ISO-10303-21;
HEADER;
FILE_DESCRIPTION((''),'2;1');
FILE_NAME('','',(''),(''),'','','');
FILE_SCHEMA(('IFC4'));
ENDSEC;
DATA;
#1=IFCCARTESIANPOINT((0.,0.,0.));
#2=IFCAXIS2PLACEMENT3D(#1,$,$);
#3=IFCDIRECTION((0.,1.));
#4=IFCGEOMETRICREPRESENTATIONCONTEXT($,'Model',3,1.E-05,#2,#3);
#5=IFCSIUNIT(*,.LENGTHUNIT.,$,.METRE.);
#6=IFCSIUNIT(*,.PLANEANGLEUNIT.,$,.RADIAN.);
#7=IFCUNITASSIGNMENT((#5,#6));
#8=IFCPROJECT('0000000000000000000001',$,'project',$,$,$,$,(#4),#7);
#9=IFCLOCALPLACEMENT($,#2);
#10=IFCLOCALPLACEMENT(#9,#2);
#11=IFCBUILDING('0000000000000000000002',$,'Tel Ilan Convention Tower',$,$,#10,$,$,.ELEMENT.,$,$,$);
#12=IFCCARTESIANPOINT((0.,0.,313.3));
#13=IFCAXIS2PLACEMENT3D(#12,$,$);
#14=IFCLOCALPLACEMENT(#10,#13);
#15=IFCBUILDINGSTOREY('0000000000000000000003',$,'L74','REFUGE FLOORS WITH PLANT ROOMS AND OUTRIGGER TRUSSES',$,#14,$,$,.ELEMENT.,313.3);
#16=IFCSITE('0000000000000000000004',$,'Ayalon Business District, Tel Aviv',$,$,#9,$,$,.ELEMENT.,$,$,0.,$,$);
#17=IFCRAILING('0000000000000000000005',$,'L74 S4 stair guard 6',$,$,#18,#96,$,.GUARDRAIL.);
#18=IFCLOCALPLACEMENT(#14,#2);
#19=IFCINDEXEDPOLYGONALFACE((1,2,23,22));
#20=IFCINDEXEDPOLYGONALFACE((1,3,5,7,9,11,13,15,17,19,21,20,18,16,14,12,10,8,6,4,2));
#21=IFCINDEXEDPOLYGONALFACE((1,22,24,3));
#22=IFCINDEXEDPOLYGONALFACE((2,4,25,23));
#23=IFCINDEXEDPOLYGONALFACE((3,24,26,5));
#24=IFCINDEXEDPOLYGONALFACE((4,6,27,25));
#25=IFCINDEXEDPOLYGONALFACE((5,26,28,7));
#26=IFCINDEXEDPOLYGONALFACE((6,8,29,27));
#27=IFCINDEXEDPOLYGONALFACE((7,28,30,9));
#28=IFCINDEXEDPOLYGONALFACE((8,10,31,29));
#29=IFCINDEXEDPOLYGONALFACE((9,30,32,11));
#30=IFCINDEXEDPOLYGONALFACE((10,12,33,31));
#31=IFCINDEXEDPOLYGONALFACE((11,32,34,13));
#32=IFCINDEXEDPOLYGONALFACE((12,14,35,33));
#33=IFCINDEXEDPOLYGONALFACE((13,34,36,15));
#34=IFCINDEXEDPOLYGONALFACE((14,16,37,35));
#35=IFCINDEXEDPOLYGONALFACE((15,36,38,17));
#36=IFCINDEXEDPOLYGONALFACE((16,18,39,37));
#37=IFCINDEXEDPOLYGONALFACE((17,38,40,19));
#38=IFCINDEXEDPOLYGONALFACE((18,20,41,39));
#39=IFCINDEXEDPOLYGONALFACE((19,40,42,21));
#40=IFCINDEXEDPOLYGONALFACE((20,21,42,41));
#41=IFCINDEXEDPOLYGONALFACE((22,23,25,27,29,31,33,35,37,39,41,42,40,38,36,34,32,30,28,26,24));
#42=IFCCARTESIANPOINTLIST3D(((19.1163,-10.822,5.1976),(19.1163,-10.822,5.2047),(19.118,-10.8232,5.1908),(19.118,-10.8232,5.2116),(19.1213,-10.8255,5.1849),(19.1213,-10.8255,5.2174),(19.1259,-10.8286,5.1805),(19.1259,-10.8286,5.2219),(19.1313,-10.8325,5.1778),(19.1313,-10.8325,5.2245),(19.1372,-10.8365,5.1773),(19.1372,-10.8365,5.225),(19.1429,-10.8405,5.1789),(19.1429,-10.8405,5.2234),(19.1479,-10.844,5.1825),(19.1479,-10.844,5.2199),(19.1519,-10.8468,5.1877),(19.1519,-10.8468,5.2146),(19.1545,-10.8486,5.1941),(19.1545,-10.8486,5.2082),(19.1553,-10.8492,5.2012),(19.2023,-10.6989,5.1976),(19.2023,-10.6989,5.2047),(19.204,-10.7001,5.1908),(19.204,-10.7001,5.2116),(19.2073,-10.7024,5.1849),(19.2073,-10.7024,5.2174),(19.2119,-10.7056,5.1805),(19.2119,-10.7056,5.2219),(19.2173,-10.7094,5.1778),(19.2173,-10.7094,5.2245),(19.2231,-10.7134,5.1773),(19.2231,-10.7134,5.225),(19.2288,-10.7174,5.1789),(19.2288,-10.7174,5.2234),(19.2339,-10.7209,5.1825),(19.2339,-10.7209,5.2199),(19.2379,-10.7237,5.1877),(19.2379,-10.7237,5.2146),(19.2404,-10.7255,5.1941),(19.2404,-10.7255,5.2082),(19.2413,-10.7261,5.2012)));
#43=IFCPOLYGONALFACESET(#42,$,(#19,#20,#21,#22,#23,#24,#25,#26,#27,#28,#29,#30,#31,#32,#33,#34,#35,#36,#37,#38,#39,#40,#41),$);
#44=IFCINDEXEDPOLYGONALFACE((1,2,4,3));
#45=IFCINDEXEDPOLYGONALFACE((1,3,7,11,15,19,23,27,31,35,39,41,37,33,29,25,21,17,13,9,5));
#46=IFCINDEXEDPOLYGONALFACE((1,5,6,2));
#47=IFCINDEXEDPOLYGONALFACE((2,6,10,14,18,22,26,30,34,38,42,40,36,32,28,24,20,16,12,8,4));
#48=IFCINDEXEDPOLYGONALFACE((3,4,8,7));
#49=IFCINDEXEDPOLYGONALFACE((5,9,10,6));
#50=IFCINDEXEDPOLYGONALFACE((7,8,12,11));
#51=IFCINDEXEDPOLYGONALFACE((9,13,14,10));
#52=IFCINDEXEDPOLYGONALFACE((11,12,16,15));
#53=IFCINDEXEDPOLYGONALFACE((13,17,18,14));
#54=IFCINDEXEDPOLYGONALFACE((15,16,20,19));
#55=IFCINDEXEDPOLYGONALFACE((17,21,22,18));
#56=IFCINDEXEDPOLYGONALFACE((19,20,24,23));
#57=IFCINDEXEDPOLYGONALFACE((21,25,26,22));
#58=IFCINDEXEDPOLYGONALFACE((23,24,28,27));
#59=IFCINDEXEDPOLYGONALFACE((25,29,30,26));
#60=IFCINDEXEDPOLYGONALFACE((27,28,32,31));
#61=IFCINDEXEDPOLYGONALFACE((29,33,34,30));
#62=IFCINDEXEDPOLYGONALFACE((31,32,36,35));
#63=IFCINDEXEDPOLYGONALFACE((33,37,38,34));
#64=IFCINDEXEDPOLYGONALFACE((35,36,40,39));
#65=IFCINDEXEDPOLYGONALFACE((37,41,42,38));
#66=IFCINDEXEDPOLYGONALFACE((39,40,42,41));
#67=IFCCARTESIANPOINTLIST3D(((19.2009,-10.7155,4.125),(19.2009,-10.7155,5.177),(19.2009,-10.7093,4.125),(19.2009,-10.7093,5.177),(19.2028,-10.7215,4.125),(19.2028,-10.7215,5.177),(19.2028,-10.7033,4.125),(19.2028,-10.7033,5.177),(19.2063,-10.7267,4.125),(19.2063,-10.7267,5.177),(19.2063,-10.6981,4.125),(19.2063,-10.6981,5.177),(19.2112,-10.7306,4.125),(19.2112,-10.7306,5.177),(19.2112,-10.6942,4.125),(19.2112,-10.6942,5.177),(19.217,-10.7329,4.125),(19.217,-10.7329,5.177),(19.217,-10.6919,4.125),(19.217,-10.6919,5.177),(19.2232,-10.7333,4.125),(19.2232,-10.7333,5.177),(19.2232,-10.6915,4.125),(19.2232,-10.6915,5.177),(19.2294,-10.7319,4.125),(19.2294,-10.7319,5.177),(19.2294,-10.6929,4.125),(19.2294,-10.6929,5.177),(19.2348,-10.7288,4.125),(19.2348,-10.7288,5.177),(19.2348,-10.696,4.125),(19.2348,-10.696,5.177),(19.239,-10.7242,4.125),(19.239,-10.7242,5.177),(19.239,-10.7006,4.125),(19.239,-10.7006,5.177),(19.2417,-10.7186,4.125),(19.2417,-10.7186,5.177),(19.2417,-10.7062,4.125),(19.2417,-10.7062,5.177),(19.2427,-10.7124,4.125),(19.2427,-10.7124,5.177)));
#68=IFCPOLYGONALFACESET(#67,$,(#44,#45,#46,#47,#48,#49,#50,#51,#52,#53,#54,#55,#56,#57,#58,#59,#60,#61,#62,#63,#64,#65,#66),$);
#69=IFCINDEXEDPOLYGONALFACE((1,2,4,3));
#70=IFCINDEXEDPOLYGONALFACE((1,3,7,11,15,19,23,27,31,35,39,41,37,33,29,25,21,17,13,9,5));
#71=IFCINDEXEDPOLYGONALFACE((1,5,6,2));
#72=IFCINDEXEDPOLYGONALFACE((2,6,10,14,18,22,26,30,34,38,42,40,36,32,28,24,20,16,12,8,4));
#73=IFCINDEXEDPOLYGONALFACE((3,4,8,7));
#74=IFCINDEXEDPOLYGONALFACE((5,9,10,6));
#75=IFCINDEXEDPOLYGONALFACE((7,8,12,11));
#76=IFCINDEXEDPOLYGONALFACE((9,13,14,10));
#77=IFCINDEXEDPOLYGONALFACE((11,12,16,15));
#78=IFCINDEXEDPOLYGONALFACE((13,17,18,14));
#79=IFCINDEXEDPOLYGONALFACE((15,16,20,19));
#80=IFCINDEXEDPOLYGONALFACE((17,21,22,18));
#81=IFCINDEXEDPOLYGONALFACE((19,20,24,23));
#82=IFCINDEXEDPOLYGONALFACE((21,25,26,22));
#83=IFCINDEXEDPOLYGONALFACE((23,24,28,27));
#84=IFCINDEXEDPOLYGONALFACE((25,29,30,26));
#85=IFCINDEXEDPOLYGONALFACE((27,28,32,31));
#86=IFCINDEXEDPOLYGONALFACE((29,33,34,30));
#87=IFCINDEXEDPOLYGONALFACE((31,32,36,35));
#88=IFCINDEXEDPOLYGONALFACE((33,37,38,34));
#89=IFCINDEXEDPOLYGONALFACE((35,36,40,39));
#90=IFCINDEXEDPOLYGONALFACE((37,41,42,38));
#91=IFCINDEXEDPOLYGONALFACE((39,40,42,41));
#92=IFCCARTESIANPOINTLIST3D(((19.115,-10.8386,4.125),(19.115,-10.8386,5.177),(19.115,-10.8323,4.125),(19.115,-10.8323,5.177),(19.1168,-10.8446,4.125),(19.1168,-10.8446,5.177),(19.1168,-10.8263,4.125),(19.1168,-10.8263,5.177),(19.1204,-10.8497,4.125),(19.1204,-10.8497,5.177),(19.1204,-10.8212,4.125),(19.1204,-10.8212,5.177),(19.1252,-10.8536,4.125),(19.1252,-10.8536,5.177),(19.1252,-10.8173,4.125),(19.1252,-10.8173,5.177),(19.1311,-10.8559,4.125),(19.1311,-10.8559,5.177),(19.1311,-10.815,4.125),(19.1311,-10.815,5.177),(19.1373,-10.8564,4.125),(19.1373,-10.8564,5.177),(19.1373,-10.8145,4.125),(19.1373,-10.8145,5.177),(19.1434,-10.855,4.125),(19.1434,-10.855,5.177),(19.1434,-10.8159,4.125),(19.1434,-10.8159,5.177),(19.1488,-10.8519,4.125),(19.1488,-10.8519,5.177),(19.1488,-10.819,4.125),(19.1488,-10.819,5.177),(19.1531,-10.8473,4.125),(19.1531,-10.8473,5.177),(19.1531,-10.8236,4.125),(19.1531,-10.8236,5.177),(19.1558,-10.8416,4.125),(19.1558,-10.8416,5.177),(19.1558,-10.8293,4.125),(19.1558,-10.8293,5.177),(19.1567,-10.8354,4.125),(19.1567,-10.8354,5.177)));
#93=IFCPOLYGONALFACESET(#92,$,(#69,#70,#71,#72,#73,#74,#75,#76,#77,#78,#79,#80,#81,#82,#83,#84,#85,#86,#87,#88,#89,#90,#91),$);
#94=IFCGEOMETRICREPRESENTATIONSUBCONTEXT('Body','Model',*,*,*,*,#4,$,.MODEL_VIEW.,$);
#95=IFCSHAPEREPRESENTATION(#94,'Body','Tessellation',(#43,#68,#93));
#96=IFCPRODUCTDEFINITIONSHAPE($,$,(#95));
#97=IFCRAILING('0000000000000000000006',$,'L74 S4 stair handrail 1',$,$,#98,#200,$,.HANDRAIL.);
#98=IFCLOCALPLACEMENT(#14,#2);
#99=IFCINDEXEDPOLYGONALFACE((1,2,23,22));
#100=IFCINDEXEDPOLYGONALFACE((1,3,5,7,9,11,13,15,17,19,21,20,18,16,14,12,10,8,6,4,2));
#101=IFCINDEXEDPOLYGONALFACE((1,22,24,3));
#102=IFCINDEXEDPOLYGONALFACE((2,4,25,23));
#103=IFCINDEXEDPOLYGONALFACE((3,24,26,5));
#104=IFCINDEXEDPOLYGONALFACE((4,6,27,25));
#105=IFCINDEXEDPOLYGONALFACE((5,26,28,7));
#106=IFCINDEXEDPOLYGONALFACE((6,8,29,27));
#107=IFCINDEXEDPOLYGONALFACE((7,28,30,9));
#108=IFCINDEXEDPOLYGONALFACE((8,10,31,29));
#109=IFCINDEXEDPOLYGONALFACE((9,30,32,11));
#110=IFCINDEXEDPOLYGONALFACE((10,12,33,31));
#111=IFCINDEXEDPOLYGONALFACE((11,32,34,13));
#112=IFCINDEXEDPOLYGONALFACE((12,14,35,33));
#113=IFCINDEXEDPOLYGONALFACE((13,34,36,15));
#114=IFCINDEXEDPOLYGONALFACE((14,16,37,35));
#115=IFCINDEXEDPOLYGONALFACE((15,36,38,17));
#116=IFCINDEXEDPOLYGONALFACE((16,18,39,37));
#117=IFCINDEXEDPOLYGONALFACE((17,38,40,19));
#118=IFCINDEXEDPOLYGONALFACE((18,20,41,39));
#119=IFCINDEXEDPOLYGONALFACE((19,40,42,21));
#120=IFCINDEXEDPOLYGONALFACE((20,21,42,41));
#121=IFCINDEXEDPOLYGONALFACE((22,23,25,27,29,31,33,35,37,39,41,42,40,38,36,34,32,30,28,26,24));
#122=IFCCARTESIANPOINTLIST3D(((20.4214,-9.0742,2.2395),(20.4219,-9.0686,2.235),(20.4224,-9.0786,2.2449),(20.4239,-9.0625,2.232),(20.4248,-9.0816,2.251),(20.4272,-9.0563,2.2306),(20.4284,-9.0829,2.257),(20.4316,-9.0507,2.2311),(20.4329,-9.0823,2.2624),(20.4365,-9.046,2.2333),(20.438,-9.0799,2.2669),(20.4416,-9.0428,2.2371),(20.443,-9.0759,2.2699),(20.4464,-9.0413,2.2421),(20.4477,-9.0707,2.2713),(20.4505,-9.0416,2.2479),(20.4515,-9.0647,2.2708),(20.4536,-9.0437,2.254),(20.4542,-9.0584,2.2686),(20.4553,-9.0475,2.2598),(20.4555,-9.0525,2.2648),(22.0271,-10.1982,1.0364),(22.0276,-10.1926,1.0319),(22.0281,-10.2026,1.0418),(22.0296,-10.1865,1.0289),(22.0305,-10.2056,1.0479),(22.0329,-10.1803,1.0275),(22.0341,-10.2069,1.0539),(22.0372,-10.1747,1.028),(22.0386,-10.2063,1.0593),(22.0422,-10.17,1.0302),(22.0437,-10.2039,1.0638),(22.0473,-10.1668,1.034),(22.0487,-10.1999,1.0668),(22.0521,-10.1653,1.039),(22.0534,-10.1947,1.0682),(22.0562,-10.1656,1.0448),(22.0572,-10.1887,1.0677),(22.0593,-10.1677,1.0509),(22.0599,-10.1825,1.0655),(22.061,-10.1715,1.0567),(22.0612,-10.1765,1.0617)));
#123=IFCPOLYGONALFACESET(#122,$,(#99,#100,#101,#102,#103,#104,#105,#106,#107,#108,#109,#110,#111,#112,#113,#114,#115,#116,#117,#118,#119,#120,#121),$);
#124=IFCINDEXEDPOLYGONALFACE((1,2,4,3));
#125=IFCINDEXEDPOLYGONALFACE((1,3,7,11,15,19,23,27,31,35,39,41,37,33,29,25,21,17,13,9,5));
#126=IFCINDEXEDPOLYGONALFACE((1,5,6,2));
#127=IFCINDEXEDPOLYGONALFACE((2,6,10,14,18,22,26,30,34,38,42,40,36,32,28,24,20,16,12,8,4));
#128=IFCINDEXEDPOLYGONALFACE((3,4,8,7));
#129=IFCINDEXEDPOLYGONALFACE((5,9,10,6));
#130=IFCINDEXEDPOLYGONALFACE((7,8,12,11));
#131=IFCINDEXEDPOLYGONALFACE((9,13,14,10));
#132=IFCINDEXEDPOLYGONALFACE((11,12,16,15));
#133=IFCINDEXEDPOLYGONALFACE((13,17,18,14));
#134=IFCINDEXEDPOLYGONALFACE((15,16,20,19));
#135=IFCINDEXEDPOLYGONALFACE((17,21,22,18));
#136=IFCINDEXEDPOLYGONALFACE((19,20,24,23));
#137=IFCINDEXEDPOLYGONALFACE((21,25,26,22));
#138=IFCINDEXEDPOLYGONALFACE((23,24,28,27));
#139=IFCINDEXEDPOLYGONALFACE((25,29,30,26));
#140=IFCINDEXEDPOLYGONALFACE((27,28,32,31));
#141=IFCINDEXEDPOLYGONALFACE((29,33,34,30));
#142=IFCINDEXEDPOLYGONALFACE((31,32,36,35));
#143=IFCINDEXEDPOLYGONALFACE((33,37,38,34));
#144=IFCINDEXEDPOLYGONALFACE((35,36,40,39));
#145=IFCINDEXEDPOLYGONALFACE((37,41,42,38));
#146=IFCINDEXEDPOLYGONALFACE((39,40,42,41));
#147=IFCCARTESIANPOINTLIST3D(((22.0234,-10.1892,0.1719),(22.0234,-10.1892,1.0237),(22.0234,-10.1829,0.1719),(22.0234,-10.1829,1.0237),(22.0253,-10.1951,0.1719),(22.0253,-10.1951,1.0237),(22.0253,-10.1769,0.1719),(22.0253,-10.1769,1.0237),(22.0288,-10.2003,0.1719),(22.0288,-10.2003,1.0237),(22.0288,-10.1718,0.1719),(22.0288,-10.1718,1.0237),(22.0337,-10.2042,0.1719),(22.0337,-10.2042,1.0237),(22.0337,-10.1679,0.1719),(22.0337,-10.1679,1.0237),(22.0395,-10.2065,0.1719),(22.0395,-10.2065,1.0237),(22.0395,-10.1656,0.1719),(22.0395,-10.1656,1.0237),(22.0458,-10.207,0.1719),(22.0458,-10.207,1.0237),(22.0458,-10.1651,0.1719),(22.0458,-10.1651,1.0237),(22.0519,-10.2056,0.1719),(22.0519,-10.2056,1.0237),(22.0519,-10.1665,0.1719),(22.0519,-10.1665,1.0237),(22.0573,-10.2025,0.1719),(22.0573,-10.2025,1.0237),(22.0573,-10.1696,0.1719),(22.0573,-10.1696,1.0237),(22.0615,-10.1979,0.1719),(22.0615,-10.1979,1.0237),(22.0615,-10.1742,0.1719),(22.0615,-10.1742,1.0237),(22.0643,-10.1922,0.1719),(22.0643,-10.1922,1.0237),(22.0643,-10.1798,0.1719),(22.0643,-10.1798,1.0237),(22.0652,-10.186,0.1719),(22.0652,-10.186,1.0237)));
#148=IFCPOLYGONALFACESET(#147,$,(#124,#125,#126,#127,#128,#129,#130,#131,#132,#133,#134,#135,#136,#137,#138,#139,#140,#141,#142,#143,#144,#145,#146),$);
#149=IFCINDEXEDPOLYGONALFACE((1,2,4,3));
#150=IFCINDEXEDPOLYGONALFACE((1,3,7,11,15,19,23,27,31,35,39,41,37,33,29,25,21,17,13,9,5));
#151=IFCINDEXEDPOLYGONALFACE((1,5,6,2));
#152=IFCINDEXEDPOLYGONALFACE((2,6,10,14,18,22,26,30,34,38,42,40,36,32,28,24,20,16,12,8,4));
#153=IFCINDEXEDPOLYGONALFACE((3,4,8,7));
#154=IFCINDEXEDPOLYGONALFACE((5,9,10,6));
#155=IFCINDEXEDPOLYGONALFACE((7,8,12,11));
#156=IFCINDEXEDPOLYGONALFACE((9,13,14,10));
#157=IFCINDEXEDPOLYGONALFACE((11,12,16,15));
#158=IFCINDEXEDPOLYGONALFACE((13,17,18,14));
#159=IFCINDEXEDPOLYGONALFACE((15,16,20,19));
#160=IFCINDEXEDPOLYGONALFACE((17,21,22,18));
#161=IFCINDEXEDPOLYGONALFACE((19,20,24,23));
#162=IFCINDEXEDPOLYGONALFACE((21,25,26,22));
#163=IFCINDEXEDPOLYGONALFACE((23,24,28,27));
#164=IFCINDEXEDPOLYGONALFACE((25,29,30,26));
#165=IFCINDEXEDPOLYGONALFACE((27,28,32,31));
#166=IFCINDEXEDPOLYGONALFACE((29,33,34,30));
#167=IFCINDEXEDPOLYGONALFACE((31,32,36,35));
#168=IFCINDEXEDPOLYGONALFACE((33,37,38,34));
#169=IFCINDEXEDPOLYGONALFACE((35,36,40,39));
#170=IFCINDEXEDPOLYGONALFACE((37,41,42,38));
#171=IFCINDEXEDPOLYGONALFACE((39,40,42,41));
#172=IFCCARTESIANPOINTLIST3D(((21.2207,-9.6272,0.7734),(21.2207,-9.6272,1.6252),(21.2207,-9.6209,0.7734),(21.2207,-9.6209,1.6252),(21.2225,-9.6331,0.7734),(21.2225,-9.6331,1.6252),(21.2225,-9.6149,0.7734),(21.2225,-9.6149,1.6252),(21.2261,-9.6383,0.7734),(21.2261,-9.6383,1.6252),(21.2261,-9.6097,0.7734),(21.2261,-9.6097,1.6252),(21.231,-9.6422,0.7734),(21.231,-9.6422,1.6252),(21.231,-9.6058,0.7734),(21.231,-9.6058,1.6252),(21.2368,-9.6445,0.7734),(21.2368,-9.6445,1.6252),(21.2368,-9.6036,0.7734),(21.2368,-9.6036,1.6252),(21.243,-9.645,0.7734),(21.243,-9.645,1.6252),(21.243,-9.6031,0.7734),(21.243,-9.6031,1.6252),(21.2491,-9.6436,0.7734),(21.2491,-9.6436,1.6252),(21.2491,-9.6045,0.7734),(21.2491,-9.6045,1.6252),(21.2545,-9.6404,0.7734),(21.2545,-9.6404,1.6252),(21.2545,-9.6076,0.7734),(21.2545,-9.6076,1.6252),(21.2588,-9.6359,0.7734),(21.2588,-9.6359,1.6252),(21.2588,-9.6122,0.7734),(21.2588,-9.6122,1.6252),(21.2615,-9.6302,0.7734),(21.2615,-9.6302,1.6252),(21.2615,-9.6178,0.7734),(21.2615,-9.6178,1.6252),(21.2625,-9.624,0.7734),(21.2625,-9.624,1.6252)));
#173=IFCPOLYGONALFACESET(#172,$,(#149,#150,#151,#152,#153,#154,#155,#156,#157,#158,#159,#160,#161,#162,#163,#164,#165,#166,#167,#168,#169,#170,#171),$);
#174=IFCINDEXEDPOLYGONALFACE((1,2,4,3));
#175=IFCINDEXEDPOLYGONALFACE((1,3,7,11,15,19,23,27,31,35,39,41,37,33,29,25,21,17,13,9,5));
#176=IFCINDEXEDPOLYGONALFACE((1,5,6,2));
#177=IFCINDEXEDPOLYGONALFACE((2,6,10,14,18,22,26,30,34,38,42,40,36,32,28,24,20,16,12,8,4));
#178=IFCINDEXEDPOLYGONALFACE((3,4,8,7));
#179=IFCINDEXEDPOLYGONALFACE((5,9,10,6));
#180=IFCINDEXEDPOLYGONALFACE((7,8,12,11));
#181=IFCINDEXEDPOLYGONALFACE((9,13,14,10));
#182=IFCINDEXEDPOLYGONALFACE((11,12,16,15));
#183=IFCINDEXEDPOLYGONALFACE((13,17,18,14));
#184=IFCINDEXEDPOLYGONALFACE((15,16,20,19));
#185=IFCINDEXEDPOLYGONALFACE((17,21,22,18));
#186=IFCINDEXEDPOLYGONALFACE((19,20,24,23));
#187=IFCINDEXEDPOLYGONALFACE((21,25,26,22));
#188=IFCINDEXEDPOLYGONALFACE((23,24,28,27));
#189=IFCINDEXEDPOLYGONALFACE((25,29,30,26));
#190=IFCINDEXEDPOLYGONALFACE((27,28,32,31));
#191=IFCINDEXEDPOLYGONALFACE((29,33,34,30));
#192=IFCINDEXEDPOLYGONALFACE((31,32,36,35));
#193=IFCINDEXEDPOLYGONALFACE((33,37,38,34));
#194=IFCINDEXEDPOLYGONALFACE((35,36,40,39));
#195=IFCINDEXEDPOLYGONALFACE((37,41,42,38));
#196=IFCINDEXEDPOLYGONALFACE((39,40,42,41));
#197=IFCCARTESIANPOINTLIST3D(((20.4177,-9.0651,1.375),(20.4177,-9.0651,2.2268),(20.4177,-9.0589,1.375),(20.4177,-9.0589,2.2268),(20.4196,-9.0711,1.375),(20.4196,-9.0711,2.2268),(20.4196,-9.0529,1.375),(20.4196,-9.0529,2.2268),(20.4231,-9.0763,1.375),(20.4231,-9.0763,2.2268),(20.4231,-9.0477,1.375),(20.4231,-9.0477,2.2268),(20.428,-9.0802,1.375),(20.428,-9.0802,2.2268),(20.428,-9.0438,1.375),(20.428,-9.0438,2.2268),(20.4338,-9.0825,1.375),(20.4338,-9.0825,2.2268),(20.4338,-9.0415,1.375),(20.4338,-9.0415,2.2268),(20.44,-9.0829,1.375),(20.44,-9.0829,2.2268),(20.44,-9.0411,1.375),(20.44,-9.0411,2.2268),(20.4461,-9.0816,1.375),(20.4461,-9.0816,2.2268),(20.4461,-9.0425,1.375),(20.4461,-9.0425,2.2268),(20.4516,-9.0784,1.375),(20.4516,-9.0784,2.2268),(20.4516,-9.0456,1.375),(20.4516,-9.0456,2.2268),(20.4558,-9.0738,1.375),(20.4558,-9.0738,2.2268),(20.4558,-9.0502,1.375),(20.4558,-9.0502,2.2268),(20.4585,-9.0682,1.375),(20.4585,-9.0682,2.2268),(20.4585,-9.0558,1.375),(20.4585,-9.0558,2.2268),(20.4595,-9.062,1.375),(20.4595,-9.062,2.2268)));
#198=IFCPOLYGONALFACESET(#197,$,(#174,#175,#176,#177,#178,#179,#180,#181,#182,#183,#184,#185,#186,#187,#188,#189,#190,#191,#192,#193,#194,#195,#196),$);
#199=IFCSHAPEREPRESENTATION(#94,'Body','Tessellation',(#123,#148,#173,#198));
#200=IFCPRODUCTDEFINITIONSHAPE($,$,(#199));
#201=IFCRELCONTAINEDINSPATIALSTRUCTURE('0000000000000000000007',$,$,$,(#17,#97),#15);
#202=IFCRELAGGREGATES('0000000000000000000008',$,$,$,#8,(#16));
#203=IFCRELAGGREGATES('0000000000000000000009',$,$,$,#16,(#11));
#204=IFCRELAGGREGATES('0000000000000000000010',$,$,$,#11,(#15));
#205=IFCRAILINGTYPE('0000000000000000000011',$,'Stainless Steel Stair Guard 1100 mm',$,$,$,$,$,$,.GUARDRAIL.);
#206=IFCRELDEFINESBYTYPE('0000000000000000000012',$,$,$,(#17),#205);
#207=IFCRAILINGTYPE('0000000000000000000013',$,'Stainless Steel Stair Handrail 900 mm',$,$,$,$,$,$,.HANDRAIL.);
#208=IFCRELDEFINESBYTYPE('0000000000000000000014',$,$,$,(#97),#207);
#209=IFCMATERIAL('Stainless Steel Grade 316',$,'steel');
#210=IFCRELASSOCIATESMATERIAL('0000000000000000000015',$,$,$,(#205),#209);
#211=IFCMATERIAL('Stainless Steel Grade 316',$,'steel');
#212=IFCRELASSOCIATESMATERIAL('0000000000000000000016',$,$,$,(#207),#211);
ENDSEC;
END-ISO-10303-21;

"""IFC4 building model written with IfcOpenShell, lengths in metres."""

from ifc_helpers import new_model, si_unit, direction, frame, origin, origin_2d, place, context, subcontext, project, spatial, circle, extrude, material, type_object, element, save


model = new_model("IFC4")

# Units and contexts
model_context = context("Model", 3, precision=1e-05, world=origin(), true_north=direction((0.0, 1.0)))
body_context = subcontext(model_context, "Body", "Model", "MODEL_VIEW")
ifc_project = project(units=[si_unit("LENGTHUNIT", "METRE"), si_unit("PLANEANGLEUNIT", "RADIAN")], contexts=[model_context])

# Site, building, storey
site_placement = place(None, origin())
site = spatial("IfcSite", under=ifc_project, at=site_placement, Name="Ayalon Business District, Tel Aviv", CompositionType="ELEMENT", RefElevation=0.0)
building_placement = place(site_placement, origin())
building = spatial("IfcBuilding", under=site, at=building_placement, Name="Tel Ilan Convention Tower", CompositionType="ELEMENT")
storey_placement = place(building_placement, frame((0.0, 0.0, 313.3)))
storey = spatial("IfcBuildingStorey", under=building, at=storey_placement, Name="L74", Description="REFUGE FLOORS WITH PLANT ROOMS AND OUTRIGGER TRUSSES", CompositionType="ELEMENT", Elevation=313.3)

# Railings
ifc_material_1 = material(Name="Stainless Steel Grade 316", Category="steel")
railing_type_1 = type_object("IfcRailingType", Name="Stainless Steel Stair Guard 1100 mm", PredefinedType="GUARDRAIL", material=ifc_material_1)
for number, where, name in (
    (1, (19.2217, -10.7124, 4.125), "L74 S4 stair guard 6"),
):
    element("IfcRailing", number, at=place(storey_placement, frame(where)), inside=storey, type_object=railing_type_1, Name=name, PredefinedType="GUARDRAIL", context=body_context, shape_type="SweptSolid", body=[
        extrude(circle(Radius=0.0239, at=origin_2d()), frame((0.0, 0.0, 1.0762), z_axis=(-0.572589, -0.819843, 0.0), x_axis=(0.819843, -0.572589, 0.0)), (0.0, 0.0, 1.0), 0.1501),
        extrude(circle(Radius=0.021, at=origin_2d()), origin(), (0.0, 0.0, 1.0), 1.052),
        extrude(circle(Radius=0.021, at=origin_2d()), frame((-0.0859, -0.123, 0.0)), (0.0, 0.0, 1.0), 1.052),
    ])
ifc_material_2 = material(Name="Stainless Steel Grade 316", Category="steel")
railing_type_2 = type_object("IfcRailingType", Name="Stainless Steel Stair Handrail 900 mm", PredefinedType="HANDRAIL", material=ifc_material_2)
for number, where, name in (
    (2, (22.0442, -10.186, 0.1719), "L74 S4 stair handrail 1"),
):
    element("IfcRailing", number, at=place(storey_placement, frame(where)), inside=storey, type_object=railing_type_2, Name=name, PredefinedType="HANDRAIL", context=body_context, shape_type="SweptSolid", body=[
        extrude(circle(Radius=0.0239, at=origin_2d()), frame((0.0, 0.0, 0.876), z_axis=(-0.698185, 0.48874, 0.523135), x_axis=(-0.573471, -0.819226, 0.0)), (0.0, 0.0, 1.0), 2.2998),
        extrude(circle(Radius=0.021, at=origin_2d()), origin(), (0.0, 0.0, 1.0), 0.8518),
        extrude(circle(Radius=0.021, at=origin_2d()), frame((-0.8027, 0.562, 0.6016)), (0.0, 0.0, 1.0), 0.8518),
        extrude(circle(Radius=0.021, at=origin_2d()), frame((-1.6057, 1.124, 1.2031)), (0.0, 0.0, 1.0), 0.8518),
    ])

save(model, "model.ifc")
